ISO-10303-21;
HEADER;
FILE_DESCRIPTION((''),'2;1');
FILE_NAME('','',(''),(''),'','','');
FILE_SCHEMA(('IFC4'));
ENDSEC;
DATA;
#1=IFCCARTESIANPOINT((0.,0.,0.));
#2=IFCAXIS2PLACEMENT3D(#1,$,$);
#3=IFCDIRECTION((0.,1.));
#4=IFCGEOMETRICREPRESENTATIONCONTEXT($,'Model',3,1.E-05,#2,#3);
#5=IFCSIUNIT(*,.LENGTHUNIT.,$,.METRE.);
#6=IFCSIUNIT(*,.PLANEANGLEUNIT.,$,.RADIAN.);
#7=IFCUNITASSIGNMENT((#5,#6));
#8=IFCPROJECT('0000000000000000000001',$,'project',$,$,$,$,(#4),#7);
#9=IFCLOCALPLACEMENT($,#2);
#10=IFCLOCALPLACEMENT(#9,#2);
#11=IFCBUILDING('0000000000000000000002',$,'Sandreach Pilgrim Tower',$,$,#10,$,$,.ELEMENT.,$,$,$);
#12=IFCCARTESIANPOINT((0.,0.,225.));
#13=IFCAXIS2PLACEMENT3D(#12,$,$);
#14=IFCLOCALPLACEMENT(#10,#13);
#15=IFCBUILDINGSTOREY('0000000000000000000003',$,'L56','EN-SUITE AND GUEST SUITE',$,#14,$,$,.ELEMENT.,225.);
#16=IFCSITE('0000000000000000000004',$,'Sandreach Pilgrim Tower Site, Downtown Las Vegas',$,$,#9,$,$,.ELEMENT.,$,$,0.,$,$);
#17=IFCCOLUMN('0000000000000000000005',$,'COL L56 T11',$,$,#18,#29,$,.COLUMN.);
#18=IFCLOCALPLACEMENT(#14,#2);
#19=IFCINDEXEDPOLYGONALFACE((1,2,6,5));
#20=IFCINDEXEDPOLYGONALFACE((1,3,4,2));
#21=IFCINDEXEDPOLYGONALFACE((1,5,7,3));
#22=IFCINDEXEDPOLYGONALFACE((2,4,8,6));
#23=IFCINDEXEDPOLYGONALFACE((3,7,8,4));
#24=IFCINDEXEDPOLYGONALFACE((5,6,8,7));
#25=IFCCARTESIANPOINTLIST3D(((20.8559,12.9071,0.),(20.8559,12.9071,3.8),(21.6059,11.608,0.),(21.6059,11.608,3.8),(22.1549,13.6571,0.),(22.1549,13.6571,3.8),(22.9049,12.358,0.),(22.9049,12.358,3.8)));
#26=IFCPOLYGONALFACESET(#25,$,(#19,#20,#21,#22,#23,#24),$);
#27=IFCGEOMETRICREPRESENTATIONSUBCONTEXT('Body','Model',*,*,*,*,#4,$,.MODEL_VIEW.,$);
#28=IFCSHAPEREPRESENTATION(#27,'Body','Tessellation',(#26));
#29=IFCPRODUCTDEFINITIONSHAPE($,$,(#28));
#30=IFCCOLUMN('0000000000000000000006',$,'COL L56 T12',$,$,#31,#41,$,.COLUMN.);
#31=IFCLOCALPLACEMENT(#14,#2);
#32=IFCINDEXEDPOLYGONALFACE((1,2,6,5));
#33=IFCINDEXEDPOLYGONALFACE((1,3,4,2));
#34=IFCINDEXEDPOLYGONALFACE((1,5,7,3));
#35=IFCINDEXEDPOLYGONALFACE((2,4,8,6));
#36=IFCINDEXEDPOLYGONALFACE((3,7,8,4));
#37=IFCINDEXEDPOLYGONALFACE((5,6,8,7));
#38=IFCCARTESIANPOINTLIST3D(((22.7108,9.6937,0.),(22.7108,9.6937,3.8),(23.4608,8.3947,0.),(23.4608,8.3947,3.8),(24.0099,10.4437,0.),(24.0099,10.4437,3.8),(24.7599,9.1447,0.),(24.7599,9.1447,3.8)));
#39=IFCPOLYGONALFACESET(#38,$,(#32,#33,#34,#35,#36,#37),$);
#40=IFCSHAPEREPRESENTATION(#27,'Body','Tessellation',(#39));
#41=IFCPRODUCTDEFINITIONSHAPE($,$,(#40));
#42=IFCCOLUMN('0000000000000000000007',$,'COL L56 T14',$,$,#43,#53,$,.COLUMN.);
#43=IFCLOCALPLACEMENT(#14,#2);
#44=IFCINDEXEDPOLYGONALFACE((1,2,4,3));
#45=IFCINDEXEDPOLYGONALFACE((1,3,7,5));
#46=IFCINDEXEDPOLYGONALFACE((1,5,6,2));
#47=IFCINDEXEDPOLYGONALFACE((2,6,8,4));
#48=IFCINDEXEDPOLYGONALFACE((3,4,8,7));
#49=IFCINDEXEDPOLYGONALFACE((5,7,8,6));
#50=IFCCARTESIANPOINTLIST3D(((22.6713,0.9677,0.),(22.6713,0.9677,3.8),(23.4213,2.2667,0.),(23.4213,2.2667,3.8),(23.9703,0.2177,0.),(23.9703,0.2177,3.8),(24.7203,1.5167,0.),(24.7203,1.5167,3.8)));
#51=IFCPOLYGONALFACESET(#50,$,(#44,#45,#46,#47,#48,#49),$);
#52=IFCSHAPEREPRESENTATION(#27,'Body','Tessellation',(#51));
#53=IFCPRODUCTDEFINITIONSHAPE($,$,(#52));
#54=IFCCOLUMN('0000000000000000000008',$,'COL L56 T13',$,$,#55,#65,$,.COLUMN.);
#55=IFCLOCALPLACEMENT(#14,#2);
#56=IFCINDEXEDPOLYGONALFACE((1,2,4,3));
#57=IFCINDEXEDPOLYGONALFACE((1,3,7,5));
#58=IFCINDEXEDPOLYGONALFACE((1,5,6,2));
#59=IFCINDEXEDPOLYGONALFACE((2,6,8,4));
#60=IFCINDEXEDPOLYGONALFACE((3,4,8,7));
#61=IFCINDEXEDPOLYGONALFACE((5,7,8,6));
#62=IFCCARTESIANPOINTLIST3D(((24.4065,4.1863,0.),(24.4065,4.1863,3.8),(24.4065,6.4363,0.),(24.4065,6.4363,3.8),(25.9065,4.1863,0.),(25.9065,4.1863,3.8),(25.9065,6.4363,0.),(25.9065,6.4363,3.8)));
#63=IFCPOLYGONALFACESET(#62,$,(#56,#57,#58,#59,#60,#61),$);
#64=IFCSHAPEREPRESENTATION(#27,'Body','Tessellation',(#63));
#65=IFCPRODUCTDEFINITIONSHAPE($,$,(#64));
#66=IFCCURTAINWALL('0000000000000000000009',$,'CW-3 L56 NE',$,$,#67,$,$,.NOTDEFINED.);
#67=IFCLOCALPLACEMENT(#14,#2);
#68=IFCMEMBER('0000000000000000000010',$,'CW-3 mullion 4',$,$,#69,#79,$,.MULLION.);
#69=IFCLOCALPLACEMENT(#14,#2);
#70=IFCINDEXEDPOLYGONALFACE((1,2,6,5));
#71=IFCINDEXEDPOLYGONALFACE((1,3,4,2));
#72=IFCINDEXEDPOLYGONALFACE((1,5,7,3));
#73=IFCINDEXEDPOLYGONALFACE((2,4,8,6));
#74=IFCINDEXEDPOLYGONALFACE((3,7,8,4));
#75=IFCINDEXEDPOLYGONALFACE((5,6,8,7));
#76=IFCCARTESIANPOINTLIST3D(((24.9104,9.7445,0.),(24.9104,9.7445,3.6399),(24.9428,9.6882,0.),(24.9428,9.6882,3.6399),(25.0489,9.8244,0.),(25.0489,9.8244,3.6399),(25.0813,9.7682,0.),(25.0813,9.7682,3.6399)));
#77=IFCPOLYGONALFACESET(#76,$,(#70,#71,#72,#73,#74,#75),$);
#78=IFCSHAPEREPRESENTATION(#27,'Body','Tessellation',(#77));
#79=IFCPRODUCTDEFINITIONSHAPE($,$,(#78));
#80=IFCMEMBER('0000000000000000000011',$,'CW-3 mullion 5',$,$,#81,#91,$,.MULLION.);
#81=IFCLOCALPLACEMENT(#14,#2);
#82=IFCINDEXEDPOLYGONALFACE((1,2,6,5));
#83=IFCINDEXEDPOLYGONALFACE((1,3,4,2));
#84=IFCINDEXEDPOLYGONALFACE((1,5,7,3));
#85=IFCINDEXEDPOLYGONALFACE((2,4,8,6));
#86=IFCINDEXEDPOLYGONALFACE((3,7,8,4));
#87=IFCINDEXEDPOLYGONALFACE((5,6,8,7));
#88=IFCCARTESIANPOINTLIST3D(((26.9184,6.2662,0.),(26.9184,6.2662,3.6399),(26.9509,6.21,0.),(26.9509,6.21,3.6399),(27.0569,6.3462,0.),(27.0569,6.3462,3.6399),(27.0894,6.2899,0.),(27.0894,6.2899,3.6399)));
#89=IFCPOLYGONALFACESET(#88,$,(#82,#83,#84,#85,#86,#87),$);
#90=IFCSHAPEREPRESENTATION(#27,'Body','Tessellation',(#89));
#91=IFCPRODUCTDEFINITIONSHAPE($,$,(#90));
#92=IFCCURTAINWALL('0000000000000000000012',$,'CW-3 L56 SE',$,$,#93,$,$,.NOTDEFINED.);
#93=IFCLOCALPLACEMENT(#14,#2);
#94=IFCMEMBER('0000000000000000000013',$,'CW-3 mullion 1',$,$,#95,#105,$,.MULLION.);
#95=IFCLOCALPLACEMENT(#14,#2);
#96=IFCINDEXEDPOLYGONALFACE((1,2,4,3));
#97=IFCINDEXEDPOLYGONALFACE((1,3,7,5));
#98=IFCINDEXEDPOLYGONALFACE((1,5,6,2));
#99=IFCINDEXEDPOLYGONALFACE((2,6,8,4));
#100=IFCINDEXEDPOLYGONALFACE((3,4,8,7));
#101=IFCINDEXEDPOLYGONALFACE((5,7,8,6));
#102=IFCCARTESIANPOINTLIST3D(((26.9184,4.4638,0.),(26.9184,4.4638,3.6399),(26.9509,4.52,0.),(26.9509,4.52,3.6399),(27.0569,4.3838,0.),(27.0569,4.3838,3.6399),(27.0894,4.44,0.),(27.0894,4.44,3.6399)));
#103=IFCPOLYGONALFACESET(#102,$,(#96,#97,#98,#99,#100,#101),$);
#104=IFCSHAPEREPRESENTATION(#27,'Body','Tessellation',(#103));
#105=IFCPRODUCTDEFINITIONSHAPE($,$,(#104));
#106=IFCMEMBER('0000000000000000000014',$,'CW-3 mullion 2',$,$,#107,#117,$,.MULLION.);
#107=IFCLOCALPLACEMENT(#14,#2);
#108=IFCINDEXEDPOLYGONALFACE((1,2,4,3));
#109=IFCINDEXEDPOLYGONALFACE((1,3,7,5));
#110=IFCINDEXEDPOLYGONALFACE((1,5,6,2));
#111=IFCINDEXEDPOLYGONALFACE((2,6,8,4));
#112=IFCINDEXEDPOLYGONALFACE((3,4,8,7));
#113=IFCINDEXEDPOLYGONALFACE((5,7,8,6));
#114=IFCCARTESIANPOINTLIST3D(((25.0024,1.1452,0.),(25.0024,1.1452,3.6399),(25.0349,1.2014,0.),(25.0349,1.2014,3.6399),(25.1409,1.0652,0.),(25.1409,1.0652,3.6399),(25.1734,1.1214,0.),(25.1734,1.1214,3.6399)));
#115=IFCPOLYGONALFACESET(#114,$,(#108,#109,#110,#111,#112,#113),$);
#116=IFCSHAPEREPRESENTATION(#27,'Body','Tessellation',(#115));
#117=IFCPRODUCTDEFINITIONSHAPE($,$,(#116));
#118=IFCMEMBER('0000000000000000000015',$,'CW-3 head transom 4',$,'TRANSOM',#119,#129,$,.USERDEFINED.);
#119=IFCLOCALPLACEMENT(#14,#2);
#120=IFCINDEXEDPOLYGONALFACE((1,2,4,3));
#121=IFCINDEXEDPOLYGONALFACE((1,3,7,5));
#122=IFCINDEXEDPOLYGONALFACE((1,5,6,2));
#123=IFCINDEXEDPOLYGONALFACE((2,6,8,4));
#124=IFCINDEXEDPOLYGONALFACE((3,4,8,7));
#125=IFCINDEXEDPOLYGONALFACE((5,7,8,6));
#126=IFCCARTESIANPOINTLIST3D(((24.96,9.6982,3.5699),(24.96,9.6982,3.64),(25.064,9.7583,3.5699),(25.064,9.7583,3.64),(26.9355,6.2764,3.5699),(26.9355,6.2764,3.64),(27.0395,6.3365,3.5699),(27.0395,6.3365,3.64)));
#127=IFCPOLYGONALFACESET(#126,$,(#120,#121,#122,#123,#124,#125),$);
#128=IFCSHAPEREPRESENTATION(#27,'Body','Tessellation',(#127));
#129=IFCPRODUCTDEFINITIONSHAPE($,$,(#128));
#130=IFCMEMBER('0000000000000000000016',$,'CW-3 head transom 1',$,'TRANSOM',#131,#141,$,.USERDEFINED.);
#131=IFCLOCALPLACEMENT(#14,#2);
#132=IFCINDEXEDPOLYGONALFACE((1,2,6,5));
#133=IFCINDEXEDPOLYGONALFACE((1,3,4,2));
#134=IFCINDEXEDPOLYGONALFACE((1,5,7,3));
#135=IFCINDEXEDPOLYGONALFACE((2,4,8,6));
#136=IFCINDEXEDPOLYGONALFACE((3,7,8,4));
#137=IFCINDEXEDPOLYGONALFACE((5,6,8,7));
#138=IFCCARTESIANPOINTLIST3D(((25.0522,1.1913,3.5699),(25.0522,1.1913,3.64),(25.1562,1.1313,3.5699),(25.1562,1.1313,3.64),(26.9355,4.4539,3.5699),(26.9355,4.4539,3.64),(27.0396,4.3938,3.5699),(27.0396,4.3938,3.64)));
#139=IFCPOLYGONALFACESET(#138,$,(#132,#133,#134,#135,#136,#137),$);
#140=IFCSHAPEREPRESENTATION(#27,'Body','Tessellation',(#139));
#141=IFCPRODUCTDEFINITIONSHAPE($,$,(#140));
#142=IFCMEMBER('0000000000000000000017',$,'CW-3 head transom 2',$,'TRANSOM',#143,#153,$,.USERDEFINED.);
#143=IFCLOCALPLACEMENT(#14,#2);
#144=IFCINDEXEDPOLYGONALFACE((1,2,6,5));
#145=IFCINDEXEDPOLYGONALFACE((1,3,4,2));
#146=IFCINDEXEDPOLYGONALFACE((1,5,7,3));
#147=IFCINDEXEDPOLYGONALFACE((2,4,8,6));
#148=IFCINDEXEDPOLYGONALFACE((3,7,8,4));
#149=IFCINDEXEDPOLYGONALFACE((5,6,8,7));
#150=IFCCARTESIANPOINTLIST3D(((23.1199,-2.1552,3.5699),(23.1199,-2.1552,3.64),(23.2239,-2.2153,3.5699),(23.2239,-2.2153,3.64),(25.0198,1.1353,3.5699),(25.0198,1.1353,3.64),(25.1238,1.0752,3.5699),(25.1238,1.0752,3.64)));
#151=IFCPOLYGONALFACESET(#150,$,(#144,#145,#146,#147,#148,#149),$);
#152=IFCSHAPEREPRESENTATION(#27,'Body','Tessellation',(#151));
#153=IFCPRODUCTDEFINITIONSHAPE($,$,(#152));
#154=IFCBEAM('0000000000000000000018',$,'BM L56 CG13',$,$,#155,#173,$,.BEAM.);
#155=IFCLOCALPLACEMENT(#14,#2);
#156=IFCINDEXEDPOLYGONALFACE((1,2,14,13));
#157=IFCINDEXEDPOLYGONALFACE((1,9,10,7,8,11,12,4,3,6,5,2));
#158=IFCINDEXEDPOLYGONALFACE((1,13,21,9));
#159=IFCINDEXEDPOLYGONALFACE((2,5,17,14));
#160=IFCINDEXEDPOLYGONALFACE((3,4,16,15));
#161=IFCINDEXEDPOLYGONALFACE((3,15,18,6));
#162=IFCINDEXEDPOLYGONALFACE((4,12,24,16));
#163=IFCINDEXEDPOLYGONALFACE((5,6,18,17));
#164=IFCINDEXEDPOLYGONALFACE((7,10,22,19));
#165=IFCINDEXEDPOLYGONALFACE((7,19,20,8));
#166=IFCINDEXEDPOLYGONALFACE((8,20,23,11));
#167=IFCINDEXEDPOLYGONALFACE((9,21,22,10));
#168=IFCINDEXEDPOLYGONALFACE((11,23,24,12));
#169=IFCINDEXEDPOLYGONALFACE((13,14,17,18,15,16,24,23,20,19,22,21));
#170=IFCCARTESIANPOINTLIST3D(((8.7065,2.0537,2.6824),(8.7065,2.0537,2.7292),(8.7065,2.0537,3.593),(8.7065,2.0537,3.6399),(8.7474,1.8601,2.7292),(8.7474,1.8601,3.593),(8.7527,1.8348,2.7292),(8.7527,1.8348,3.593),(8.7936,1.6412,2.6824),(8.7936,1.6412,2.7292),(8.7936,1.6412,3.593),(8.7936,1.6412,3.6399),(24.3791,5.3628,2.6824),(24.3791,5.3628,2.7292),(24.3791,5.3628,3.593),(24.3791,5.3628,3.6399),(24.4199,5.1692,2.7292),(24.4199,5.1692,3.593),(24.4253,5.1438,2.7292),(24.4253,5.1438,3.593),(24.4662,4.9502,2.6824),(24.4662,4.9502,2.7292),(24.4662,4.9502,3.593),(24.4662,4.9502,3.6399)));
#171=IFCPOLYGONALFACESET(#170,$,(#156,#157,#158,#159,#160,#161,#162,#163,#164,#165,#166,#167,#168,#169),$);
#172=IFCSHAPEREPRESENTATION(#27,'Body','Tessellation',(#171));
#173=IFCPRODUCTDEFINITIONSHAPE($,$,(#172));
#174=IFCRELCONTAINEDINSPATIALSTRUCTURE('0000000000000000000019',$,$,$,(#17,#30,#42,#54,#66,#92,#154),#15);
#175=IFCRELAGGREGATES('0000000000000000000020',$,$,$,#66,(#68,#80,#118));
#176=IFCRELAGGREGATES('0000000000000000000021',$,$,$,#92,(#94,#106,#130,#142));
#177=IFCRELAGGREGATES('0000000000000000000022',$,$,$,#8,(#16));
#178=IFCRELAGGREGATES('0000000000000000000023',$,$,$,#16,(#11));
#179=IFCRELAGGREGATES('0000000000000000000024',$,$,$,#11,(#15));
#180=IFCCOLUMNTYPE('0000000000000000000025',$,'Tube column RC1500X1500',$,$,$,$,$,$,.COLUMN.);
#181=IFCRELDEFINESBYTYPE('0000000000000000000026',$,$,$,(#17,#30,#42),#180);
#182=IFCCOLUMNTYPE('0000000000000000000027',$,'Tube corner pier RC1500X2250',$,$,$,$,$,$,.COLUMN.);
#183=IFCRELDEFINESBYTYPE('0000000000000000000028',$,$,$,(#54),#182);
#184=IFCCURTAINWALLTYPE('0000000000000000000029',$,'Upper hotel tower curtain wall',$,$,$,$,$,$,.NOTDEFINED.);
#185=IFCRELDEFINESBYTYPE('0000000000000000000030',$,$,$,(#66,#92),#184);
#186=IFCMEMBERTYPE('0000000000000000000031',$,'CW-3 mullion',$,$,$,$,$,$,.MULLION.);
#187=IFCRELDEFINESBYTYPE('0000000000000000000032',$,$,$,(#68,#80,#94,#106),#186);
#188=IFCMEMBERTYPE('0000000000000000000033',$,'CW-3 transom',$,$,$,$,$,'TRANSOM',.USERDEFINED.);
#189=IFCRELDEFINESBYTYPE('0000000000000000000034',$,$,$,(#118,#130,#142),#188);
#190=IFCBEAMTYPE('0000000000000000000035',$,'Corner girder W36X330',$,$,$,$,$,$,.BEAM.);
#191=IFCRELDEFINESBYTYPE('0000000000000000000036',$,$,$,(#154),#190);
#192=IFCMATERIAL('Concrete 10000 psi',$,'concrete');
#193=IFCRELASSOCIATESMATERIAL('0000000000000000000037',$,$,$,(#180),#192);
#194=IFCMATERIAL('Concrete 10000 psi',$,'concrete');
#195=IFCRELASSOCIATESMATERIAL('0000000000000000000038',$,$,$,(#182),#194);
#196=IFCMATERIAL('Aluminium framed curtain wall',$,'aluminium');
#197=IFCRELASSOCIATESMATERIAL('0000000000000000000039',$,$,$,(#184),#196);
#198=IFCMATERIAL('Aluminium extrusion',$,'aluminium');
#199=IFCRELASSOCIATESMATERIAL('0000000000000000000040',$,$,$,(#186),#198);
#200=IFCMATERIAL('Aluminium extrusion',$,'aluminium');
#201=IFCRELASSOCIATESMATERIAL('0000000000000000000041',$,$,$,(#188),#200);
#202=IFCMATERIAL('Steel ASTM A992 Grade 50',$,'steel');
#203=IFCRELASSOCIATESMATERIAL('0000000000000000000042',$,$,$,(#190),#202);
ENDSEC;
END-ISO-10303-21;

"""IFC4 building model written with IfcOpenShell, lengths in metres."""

from ifc_helpers import new_model, si_unit, direction, frame, origin, origin_2d, place, context, subcontext, project, spatial, rectangle, i_section, extrude, material, material_profile, profile_set, type_object, element, aggregate, save


model = new_model("IFC4")

# Units and contexts
model_context = context("Model", 3, precision=1e-05, world=origin(), true_north=direction((0.0, 1.0)))
body_context = subcontext(model_context, "Body", "Model", "MODEL_VIEW")
ifc_project = project(units=[si_unit("LENGTHUNIT", "METRE"), si_unit("PLANEANGLEUNIT", "RADIAN")], contexts=[model_context])

# Site, building, storey
site_placement = place(None, origin())
site = spatial("IfcSite", under=ifc_project, at=site_placement, Name="Sandreach Pilgrim Tower Site, Downtown Las Vegas", CompositionType="ELEMENT", RefElevation=0.0)
building_placement = place(site_placement, origin())
building = spatial("IfcBuilding", under=site, at=building_placement, Name="Sandreach Pilgrim Tower", CompositionType="ELEMENT")
storey_placement = place(building_placement, frame((0.0, 0.0, 225.0)))
storey = spatial("IfcBuildingStorey", under=building, at=storey_placement, Name="L56", Description="EN-SUITE AND GUEST SUITE", CompositionType="ELEMENT", Elevation=225.0)

# Columns
ifc_material_1 = material(Name="Concrete 10000 psi", Category="concrete")
ifc_material_profile_1 = material_profile(ifc_material_1, rectangle(XDim=1.5, YDim=1.5, at=origin_2d()), Name="RC1500X1500")
ifc_profile_set_1 = profile_set([ifc_material_profile_1], Name="Concrete 10000 psi")
column_type_1 = type_object("IfcColumnType", Name="Tube column RC1500X1500", PredefinedType="COLUMN", material=ifc_profile_set_1)
for number, where, z_axis, x_axis, name in (
    (1, (21.8804, 12.6326, 0.0), (0.0, 0.0, 1.0), (0.866025, 0.5, 0.0), "COL L56 T11"),
    (2, (23.7354, 9.4192, 0.0), (0.0, 0.0, 1.0), (0.866025, 0.5, 0.0), "COL L56 T12"),
    (3, (23.6958, 1.2422, 0.0), (0.0, 0.0, 1.0), (0.866025, -0.5, 0.0), "COL L56 T14"),
):
    element("IfcColumn", number, at=place(storey_placement, frame(where, z_axis=z_axis, x_axis=x_axis)), inside=storey, type_object=column_type_1, Name=name, PredefinedType="COLUMN", context=body_context, shape_type="SweptSolid", body=[
        extrude(rectangle(XDim=1.5, YDim=1.5, at=origin_2d()), origin(), (0.0, 0.0, 1.0), 3.8),
    ])
ifc_material_2 = material(Name="Concrete 10000 psi", Category="concrete")
ifc_material_profile_2 = material_profile(ifc_material_2, rectangle(XDim=1.5, YDim=2.25, at=origin_2d()), Name="RC1500X2250")
ifc_profile_set_2 = profile_set([ifc_material_profile_2], Name="Concrete 10000 psi")
column_type_2 = type_object("IfcColumnType", Name="Tube corner pier RC1500X2250", PredefinedType="COLUMN", material=ifc_profile_set_2)
column_placement = place(storey_placement, frame((25.1565, 5.3113, 0.0), z_axis=(0.0, 0.0, 1.0), x_axis=(1.0, 0.0, 0.0)))
element("IfcColumn", 4, at=column_placement, inside=storey, type_object=column_type_2, Name="COL L56 T13", PredefinedType="COLUMN", context=body_context, shape_type="SweptSolid", body=[
    extrude(rectangle(XDim=1.5, YDim=2.25, at=origin_2d()), origin(), (0.0, 0.0, 1.0), 3.8),
])

# Curtain walls, members
ifc_material_3 = material(Name="Aluminium framed curtain wall", Category="aluminium")
curtain_wall_type = type_object("IfcCurtainWallType", Name="Upper hotel tower curtain wall", PredefinedType="NOTDEFINED", material=ifc_material_3)
curtain_wall_1_placement = place(storey_placement, origin())
curtain_wall_1 = element("IfcCurtainWall", 5, at=curtain_wall_1_placement, inside=storey, type_object=curtain_wall_type, Name="CW-3 L56 NE", PredefinedType="NOTDEFINED")
ifc_material_4 = material(Name="Aluminium extrusion", Category="aluminium")
ifc_material_profile_3 = material_profile(ifc_material_4, rectangle(XDim=0.0649, YDim=0.1599, at=origin_2d()), Name="CW-3M 65X160")
ifc_profile_set_3 = profile_set([ifc_material_profile_3], Name="Aluminium extrusion")
member_type_1 = type_object("IfcMemberType", Name="CW-3 mullion", PredefinedType="MULLION", material=ifc_profile_set_3)
member_1_placement = place(storey_placement, frame((24.9958, 9.7563, 0.0), z_axis=(0.0, 0.0, 1.0), x_axis=(0.5, -0.866025, 0.0)))
member_1 = element("IfcMember", 6, at=member_1_placement, type_object=member_type_1, Name="CW-3 mullion 4", PredefinedType="MULLION", context=body_context, shape_type="SweptSolid", body=[
    extrude(rectangle(XDim=0.0649, YDim=0.1599, at=origin_2d()), origin(), (0.0, 0.0, 1.0), 3.6399),
])
member_2_placement = place(storey_placement, frame((27.0039, 6.2781, 0.0), z_axis=(0.0, 0.0, 1.0), x_axis=(0.5, -0.866025, 0.0)))
member_2 = element("IfcMember", 7, at=member_2_placement, type_object=member_type_1, Name="CW-3 mullion 5", PredefinedType="MULLION", context=body_context, shape_type="SweptSolid", body=[
    extrude(rectangle(XDim=0.0649, YDim=0.1599, at=origin_2d()), origin(), (0.0, 0.0, 1.0), 3.6399),
])
curtain_wall_2_placement = place(storey_placement, origin())
curtain_wall_2 = element("IfcCurtainWall", 8, at=curtain_wall_2_placement, inside=storey, type_object=curtain_wall_type, Name="CW-3 L56 SE", PredefinedType="NOTDEFINED")
member_3_placement = place(storey_placement, frame((27.0039, 4.4519, 0.0), z_axis=(0.0, 0.0, 1.0), x_axis=(-0.5, -0.866025, 0.0)))
member_3 = element("IfcMember", 9, at=member_3_placement, type_object=member_type_1, Name="CW-3 mullion 1", PredefinedType="MULLION", context=body_context, shape_type="SweptSolid", body=[
    extrude(rectangle(XDim=0.0649, YDim=0.1599, at=origin_2d()), origin(), (0.0, 0.0, 1.0), 3.6399),
])
member_4_placement = place(storey_placement, frame((25.0879, 1.1333, 0.0), z_axis=(0.0, 0.0, 1.0), x_axis=(-0.5, -0.866025, 0.0)))
member_4 = element("IfcMember", 10, at=member_4_placement, type_object=member_type_1, Name="CW-3 mullion 2", PredefinedType="MULLION", context=body_context, shape_type="SweptSolid", body=[
    extrude(rectangle(XDim=0.0649, YDim=0.1599, at=origin_2d()), origin(), (0.0, 0.0, 1.0), 3.6399),
])

# Members
ifc_material_5 = material(Name="Aluminium extrusion", Category="aluminium")
ifc_material_profile_4 = material_profile(ifc_material_5, rectangle(XDim=0.1201, YDim=0.0701, at=origin_2d()), Name="CW-3T 120X70")
ifc_profile_set_4 = profile_set([ifc_material_profile_4], Name="Aluminium extrusion")
member_type_2 = type_object("IfcMemberType", Name="CW-3 transom", ElementType="TRANSOM", PredefinedType="USERDEFINED", material=ifc_profile_set_4)
member_5_placement = place(storey_placement, frame((25.012, 9.7283, 3.605), z_axis=(0.499993, -0.866029, 0.0), x_axis=(0.866029, 0.499993, 0.0)))
member_5 = element("IfcMember", 11, at=member_5_placement, type_object=member_type_2, Name="CW-3 head transom 4", ObjectType="TRANSOM", PredefinedType="USERDEFINED", context=body_context, shape_type="SweptSolid", body=[
    extrude(rectangle(XDim=0.1201, YDim=0.0701, at=origin_2d()), origin(), (0.0, 0.0, 1.0), 3.9512),
])
member_6_placement = place(storey_placement, frame((26.9875, 4.4238, 3.605), z_axis=(-0.499945, -0.866057, 0.0), x_axis=(0.866057, -0.499945, 0.0)))
member_6 = element("IfcMember", 12, at=member_6_placement, type_object=member_type_2, Name="CW-3 head transom 1", ObjectType="TRANSOM", PredefinedType="USERDEFINED", context=body_context, shape_type="SweptSolid", body=[
    extrude(rectangle(XDim=0.1201, YDim=0.0701, at=origin_2d()), origin(), (0.0, 0.0, 1.0), 3.7671),
])
member_7_placement = place(storey_placement, frame((25.0718, 1.1052, 3.605), z_axis=(-0.500023, -0.866012, 0.0), x_axis=(0.866012, -0.500023, 0.0)))
member_7 = element("IfcMember", 13, at=member_7_placement, type_object=member_type_2, Name="CW-3 head transom 2", ObjectType="TRANSOM", PredefinedType="USERDEFINED", context=body_context, shape_type="SweptSolid", body=[
    extrude(rectangle(XDim=0.1201, YDim=0.0701, at=origin_2d()), origin(), (0.0, 0.0, 1.0), 3.7996),
])

# Beam
ifc_material_6 = material(Name="Steel ASTM A992 Grade 50", Category="steel")
ifc_material_profile_5 = material_profile(ifc_material_6, i_section(OverallWidth=0.4216, OverallDepth=0.9575, WebThickness=0.0259, FlangeThickness=0.0469, at=origin_2d()), Name="W36X330")
ifc_profile_set_5 = profile_set([ifc_material_profile_5], Name="Steel ASTM A992 Grade 50")
beam_type_1 = type_object("IfcBeamType", Name="Corner girder W36X330", PredefinedType="BEAM", material=ifc_profile_set_5)
beam_1_placement = place(storey_placement, frame((24.4226, 5.1565, 3.1611), z_axis=(-0.978429, -0.206583, 0.0), x_axis=(0.206583, -0.978429, 0.0)))
element("IfcBeam", 14, at=beam_1_placement, inside=storey, type_object=beam_type_1, Name="BM L56 CG13", PredefinedType="BEAM", context=body_context, shape_type="SweptSolid", body=[
    extrude(i_section(OverallWidth=0.4216, OverallDepth=0.9575, WebThickness=0.0259, FlangeThickness=0.0469, at=origin_2d()), origin(), (0.0, 0.0, 1.0), 16.0181),
])

aggregate(curtain_wall_1, [member_1, member_2, member_5])
aggregate(curtain_wall_2, [member_3, member_4, member_6, member_7])

save(model, "model.ifc")
